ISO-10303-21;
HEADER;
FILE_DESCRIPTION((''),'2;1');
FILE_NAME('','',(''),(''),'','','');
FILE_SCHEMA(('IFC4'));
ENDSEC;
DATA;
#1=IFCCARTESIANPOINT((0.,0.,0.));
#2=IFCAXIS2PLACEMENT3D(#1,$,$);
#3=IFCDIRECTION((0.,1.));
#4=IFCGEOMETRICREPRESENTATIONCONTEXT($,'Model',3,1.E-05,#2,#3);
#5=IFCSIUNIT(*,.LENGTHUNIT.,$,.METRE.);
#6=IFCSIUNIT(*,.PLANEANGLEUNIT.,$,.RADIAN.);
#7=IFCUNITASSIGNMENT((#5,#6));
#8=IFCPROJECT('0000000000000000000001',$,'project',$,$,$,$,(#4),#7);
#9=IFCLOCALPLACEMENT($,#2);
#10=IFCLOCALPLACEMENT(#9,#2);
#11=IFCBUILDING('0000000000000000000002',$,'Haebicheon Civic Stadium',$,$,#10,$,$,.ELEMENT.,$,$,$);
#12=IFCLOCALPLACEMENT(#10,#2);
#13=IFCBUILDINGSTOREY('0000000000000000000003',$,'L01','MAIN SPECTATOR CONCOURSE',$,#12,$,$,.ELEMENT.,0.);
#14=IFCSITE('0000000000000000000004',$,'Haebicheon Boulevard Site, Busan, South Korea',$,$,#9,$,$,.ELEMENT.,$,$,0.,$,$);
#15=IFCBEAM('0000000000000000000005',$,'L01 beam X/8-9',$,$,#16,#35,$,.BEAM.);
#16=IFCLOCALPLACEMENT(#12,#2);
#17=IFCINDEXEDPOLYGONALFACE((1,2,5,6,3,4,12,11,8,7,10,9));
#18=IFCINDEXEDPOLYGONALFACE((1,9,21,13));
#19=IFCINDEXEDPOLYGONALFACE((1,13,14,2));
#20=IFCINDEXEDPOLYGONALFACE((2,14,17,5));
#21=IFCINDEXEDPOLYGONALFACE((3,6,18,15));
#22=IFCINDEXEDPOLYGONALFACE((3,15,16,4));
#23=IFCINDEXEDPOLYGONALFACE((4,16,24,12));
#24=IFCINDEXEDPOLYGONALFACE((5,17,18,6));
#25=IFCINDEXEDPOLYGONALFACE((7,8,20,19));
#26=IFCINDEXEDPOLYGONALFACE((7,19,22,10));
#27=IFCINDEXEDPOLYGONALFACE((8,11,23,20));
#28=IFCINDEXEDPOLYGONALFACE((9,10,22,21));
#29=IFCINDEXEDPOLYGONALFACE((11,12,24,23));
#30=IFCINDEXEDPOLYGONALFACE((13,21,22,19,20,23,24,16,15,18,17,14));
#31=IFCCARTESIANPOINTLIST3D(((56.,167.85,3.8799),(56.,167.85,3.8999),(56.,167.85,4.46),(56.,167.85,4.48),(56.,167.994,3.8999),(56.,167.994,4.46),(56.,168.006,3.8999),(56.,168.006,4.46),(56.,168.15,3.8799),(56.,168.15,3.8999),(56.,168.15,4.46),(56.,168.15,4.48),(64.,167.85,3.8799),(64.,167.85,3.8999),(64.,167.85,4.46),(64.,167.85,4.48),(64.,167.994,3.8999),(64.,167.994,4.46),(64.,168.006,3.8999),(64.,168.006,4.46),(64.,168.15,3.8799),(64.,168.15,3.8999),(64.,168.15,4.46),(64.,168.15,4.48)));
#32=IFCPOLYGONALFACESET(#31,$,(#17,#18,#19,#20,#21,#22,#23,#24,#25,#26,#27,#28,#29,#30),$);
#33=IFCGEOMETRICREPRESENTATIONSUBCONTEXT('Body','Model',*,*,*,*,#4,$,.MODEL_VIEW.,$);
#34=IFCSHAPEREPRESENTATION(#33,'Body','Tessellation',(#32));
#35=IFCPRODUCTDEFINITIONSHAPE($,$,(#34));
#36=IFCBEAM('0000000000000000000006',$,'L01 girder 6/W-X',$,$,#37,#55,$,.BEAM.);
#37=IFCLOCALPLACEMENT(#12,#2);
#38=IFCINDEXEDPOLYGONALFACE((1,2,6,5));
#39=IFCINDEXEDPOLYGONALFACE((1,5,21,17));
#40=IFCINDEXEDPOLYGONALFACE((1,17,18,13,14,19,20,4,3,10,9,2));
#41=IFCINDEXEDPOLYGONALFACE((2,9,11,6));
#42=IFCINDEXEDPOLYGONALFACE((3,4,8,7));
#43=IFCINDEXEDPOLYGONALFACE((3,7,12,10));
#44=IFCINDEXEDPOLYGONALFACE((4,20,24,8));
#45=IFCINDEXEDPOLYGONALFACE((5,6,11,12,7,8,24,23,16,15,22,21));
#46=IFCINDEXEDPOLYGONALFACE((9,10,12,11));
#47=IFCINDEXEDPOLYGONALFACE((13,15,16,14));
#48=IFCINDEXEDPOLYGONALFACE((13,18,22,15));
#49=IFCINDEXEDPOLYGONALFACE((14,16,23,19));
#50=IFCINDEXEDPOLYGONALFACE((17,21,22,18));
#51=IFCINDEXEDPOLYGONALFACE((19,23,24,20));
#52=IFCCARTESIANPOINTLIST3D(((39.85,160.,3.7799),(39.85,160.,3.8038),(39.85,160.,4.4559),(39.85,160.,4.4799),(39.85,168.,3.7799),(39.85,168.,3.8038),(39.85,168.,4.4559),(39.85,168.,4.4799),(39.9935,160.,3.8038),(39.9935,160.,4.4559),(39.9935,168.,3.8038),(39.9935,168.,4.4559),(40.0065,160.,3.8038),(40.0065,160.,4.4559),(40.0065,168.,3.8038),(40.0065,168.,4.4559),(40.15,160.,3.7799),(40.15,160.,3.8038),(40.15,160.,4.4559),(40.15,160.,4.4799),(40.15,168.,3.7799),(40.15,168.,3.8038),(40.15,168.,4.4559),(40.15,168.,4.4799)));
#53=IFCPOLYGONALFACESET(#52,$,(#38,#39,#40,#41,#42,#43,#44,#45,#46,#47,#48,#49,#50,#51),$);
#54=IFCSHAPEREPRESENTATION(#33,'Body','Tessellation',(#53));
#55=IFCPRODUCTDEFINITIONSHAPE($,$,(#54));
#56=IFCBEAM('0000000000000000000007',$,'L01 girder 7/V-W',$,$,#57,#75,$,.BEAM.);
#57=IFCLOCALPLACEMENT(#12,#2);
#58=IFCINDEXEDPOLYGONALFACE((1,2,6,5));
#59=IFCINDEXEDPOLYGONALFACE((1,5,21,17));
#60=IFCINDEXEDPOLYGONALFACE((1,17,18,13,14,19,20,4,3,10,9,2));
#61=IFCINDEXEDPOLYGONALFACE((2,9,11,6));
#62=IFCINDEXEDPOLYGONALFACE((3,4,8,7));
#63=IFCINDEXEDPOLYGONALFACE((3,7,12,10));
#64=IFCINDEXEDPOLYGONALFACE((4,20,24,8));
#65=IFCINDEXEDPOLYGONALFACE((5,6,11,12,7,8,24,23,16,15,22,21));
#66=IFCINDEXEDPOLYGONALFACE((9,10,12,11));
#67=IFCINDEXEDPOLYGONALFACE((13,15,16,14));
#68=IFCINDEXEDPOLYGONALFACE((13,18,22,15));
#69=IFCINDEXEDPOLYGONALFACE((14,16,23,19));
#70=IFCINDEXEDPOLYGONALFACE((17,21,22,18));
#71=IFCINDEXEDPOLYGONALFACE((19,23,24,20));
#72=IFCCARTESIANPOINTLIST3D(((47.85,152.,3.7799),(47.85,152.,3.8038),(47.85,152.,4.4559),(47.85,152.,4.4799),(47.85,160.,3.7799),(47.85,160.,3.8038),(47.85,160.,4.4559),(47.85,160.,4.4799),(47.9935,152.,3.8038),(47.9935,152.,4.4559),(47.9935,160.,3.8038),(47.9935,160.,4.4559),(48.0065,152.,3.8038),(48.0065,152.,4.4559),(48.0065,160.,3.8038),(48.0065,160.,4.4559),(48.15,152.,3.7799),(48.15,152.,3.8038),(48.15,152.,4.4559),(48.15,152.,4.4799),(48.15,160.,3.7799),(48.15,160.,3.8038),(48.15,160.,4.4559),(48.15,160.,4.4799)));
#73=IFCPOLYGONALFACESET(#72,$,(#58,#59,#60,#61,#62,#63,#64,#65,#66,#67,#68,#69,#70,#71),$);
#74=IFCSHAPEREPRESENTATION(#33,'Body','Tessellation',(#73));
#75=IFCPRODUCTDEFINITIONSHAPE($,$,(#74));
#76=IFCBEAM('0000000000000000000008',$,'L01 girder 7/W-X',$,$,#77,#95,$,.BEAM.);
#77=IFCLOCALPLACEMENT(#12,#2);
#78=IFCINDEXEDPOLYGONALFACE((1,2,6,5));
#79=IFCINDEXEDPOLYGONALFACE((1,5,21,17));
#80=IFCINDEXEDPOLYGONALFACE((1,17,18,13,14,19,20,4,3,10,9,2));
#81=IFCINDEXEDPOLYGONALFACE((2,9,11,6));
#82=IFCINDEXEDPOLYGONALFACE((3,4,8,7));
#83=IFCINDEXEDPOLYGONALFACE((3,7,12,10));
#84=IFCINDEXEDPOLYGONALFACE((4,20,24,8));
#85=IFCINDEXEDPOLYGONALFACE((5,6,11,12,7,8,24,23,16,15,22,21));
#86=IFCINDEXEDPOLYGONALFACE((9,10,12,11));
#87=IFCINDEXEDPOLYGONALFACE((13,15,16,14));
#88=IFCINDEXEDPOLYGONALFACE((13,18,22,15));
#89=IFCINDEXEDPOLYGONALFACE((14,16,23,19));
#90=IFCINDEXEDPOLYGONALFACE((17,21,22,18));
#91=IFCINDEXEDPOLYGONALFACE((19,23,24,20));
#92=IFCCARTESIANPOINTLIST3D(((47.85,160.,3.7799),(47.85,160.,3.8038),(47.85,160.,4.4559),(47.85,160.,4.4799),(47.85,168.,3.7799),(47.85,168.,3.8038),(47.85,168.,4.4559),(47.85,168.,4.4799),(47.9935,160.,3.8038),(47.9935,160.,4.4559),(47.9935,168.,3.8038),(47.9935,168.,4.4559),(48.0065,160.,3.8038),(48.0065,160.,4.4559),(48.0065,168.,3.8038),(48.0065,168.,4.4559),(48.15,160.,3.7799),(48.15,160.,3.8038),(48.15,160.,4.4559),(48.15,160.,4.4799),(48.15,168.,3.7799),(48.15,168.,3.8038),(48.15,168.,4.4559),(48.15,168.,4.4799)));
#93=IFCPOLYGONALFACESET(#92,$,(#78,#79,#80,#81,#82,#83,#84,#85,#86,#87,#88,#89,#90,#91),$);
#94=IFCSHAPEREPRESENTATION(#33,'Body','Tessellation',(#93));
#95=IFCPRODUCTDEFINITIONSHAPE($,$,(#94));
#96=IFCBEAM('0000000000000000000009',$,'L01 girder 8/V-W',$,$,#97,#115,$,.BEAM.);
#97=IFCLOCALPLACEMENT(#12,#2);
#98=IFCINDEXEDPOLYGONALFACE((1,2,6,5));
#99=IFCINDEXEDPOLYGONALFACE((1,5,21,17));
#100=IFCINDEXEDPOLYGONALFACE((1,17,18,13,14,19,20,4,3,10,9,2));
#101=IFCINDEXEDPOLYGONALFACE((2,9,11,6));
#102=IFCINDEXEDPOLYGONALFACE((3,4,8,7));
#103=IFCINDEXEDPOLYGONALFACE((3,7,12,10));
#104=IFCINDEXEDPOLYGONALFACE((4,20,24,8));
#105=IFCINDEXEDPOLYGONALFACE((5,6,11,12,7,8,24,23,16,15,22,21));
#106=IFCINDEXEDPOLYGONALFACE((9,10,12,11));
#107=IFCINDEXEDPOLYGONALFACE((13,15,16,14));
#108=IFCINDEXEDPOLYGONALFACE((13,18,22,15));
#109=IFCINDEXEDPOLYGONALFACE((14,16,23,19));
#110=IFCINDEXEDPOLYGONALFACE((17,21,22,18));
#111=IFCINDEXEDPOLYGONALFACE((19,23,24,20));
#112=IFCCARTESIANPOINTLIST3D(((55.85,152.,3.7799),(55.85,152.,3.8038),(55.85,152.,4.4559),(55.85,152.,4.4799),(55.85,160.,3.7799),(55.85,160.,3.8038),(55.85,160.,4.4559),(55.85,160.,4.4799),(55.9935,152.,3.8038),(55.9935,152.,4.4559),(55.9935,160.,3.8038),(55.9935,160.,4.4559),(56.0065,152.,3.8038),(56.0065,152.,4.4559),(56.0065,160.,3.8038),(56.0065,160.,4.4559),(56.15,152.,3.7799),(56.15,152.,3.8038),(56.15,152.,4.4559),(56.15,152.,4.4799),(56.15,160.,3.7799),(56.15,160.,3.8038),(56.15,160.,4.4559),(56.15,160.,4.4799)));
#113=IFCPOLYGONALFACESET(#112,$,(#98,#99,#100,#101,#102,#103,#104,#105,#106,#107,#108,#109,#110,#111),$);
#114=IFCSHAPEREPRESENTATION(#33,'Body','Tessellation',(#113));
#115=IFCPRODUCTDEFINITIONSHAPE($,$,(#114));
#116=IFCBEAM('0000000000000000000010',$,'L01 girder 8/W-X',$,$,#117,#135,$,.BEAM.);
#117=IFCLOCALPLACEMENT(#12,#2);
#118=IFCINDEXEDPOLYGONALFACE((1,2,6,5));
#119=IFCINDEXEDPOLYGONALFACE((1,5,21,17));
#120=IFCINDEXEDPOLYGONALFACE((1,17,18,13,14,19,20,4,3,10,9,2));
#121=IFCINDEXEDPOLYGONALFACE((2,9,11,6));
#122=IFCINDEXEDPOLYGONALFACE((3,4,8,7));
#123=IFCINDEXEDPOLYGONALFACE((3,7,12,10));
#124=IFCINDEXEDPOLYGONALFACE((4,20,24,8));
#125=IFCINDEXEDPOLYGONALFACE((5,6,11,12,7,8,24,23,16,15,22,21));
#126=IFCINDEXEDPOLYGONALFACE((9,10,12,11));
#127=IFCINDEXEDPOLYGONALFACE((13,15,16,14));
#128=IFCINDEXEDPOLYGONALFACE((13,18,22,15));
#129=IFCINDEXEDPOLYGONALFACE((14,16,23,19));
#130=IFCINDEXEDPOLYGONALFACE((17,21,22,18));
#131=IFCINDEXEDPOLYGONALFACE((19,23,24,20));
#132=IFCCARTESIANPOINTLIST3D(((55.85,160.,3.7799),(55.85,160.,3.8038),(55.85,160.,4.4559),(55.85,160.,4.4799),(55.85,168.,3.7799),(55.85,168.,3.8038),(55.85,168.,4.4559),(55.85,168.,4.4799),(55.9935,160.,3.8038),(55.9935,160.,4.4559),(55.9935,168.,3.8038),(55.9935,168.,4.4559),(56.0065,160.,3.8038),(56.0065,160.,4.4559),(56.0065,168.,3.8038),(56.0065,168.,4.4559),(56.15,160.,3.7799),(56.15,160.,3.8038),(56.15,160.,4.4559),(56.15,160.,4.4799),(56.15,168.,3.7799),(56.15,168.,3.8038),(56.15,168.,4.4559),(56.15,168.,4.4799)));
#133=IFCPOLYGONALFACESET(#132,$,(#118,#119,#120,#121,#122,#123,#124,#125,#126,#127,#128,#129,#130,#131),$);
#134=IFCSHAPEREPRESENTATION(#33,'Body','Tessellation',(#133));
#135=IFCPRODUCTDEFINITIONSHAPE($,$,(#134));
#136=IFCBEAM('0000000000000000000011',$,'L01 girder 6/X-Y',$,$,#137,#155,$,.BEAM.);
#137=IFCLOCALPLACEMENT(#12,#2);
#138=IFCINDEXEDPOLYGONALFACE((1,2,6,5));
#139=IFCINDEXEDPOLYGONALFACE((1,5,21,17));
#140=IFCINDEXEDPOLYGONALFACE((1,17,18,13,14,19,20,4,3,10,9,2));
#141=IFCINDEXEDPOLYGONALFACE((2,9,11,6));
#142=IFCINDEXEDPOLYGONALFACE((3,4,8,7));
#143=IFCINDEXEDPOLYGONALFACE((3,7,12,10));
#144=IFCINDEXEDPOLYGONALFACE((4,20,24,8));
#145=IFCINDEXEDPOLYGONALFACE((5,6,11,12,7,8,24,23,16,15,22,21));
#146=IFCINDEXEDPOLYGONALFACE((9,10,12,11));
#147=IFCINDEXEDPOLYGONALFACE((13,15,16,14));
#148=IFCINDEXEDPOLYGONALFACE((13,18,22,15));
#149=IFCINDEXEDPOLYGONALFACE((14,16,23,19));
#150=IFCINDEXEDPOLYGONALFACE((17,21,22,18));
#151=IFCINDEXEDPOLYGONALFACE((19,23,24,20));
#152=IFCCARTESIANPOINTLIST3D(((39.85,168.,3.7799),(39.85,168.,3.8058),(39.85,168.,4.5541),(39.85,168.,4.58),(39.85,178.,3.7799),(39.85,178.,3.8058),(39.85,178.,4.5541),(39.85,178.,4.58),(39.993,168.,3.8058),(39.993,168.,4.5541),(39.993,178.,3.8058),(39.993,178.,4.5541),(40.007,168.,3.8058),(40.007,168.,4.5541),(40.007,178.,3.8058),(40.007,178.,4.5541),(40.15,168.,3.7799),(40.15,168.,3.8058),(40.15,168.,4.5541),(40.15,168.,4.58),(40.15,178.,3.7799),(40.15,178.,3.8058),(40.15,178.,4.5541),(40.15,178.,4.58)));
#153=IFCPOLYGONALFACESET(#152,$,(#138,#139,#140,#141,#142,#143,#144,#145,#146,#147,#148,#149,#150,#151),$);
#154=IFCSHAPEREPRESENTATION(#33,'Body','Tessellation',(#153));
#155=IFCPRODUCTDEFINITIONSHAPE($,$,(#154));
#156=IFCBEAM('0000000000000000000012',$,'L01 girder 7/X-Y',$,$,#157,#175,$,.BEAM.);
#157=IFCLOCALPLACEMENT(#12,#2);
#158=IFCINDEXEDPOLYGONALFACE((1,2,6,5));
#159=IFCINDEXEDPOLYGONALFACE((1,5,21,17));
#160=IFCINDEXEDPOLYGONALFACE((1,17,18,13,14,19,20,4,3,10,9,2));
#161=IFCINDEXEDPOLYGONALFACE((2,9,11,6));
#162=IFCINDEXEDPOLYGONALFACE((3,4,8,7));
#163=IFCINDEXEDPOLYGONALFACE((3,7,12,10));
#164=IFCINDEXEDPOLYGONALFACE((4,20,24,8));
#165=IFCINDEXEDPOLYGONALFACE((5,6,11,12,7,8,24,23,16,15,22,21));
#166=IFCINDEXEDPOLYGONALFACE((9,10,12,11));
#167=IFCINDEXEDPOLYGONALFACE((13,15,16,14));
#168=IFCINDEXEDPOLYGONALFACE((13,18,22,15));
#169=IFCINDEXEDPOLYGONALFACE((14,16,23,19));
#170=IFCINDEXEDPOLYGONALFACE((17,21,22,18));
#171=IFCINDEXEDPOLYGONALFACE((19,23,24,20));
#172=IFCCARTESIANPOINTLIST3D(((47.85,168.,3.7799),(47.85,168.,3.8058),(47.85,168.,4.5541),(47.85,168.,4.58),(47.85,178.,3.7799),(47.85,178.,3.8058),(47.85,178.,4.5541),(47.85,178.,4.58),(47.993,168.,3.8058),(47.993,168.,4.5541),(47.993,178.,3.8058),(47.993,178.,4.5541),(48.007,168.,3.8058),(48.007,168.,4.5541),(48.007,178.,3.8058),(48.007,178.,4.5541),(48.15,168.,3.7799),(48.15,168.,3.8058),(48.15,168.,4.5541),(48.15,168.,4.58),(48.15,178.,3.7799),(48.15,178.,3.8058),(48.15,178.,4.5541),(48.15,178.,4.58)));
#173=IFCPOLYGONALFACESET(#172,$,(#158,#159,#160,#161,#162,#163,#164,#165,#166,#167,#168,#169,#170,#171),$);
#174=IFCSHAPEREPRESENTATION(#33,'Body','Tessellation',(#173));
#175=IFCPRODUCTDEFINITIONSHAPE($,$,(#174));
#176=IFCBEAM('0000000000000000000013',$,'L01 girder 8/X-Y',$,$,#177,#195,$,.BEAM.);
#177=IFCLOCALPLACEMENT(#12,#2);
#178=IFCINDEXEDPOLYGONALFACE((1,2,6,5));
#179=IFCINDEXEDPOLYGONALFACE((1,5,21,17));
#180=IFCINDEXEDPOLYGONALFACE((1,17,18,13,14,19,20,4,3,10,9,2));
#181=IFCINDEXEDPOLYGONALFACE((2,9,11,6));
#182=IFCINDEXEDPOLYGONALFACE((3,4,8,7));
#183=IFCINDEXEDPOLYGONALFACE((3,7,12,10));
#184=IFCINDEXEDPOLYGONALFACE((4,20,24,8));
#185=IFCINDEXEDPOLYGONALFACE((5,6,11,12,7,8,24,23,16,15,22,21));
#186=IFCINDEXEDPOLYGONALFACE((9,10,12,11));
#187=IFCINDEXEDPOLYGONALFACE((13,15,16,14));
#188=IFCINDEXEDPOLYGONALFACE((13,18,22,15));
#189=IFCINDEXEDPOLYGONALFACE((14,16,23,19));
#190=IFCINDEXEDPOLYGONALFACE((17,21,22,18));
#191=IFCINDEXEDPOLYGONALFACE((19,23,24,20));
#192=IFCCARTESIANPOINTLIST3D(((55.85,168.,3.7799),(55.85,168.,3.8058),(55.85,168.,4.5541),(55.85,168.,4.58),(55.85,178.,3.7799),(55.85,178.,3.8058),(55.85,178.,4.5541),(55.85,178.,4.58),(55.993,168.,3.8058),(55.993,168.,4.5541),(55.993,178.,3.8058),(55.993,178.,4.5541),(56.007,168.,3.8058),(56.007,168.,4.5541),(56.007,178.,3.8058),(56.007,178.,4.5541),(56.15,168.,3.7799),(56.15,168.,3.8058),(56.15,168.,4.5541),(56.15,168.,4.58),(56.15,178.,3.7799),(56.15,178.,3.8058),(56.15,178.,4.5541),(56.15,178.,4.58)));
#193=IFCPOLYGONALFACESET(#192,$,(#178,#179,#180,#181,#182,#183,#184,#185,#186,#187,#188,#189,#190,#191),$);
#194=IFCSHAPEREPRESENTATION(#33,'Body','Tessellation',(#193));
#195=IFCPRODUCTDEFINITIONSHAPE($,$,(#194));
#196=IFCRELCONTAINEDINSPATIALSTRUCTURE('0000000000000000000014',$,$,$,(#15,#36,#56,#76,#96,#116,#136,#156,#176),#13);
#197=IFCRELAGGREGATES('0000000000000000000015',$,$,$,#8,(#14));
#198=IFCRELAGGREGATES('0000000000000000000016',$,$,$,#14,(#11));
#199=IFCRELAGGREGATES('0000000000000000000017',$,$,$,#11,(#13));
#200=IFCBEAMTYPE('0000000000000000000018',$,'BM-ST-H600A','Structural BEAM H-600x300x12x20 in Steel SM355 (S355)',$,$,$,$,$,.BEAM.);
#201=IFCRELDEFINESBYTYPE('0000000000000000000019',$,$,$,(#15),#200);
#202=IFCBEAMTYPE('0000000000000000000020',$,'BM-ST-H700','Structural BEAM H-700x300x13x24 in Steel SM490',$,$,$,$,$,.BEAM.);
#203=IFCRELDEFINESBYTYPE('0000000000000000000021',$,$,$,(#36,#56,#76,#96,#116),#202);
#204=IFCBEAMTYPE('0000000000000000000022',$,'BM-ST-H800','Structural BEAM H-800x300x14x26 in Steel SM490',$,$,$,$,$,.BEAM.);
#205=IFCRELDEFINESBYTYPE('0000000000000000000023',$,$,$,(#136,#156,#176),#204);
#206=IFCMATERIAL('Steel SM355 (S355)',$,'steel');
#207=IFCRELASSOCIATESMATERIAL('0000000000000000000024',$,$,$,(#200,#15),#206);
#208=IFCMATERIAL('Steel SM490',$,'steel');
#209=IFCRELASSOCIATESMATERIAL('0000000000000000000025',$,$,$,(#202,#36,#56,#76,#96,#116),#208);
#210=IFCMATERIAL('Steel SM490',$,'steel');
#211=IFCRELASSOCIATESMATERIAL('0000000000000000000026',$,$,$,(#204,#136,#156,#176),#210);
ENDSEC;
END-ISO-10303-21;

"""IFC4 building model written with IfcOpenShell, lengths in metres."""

from ifc_helpers import new_model, si_unit, direction, frame, origin, origin_2d, place, context, subcontext, project, spatial, i_section, extrude, material, material_profile, profile_set, type_object, element, save


model = new_model("IFC4")

# Units and contexts
model_context = context("Model", 3, precision=1e-05, world=origin(), true_north=direction((0.0, 1.0)))
body_context = subcontext(model_context, "Body", "Model", "MODEL_VIEW")
ifc_project = project(units=[si_unit("LENGTHUNIT", "METRE"), si_unit("PLANEANGLEUNIT", "RADIAN")], contexts=[model_context])

# Site, building, storey
site_placement = place(None, origin())
site = spatial("IfcSite", under=ifc_project, at=site_placement, Name="Haebicheon Boulevard Site, Busan, South Korea", CompositionType="ELEMENT", RefElevation=0.0)
building_placement = place(site_placement, origin())
building = spatial("IfcBuilding", under=site, at=building_placement, Name="Haebicheon Civic Stadium", CompositionType="ELEMENT")
storey_placement = place(building_placement, origin())
storey = spatial("IfcBuildingStorey", under=building, at=storey_placement, Name="L01", Description="MAIN SPECTATOR CONCOURSE", CompositionType="ELEMENT", Elevation=0.0)

# Beams
ifc_material_1 = material(Name="Steel SM355 (S355)", Category="steel")
ifc_material_profile_1 = material_profile(ifc_material_1, i_section(OverallWidth=0.3, OverallDepth=0.6001, WebThickness=0.012, FlangeThickness=0.02, at=origin_2d()), Name="H-600x300x12x20")
ifc_profile_set_1 = profile_set([ifc_material_profile_1], Name="Steel SM355 (S355)")
beam_type_1 = type_object("IfcBeamType", Name="BM-ST-H600A", Description="Structural BEAM H-600x300x12x20 in Steel SM355 (S355)", PredefinedType="BEAM", material=ifc_profile_set_1)
for number, where, z_axis, x_axis, name in (
    (1, (56.0, 168.0, 4.1799), (1.0, 0.0, 0.0), (0.0, 1.0, 0.0), "L01 beam X/8-9"),
):
    element("IfcBeam", number, at=place(storey_placement, frame(where, z_axis=z_axis, x_axis=x_axis)), inside=storey, type_object=beam_type_1, material=ifc_profile_set_1, Name=name, PredefinedType="BEAM", context=body_context, shape_type="SweptSolid", body=[
        extrude(i_section(OverallWidth=0.3, OverallDepth=0.6001, WebThickness=0.012, FlangeThickness=0.02, at=origin_2d()), origin(), (0.0, 0.0, 1.0), 8.0),
    ])
ifc_material_2 = material(Name="Steel SM490", Category="steel")
ifc_material_profile_2 = material_profile(ifc_material_2, i_section(OverallWidth=0.3, OverallDepth=0.7, WebThickness=0.0129, FlangeThickness=0.0239, at=origin_2d()), Name="H-700x300x13x24")
ifc_profile_set_2 = profile_set([ifc_material_profile_2], Name="Steel SM490")
beam_type_2 = type_object("IfcBeamType", Name="BM-ST-H700", Description="Structural BEAM H-700x300x13x24 in Steel SM490", PredefinedType="BEAM", material=ifc_profile_set_2)
for number, where, z_axis, x_axis, name in (
    (2, (40.0, 160.0, 4.1299), (0.0, 1.0, 0.0), (-1.0, 0.0, 0.0), "L01 girder 6/W-X"),
    (3, (48.0, 152.0, 4.1299), (0.0, 1.0, 0.0), (-1.0, 0.0, 0.0), "L01 girder 7/V-W"),
    (4, (48.0, 160.0, 4.1299), (0.0, 1.0, 0.0), (-1.0, 0.0, 0.0), "L01 girder 7/W-X"),
    (5, (56.0, 152.0, 4.1299), (0.0, 1.0, 0.0), (-1.0, 0.0, 0.0), "L01 girder 8/V-W"),
    (6, (56.0, 160.0, 4.1299), (0.0, 1.0, 0.0), (-1.0, 0.0, 0.0), "L01 girder 8/W-X"),
):
    element("IfcBeam", number, at=place(storey_placement, frame(where, z_axis=z_axis, x_axis=x_axis)), inside=storey, type_object=beam_type_2, material=ifc_profile_set_2, Name=name, PredefinedType="BEAM", context=body_context, shape_type="SweptSolid", body=[
        extrude(i_section(OverallWidth=0.3, OverallDepth=0.7, WebThickness=0.0129, FlangeThickness=0.0239, at=origin_2d()), origin(), (0.0, 0.0, 1.0), 8.0),
    ])
ifc_material_3 = material(Name="Steel SM490", Category="steel")
ifc_material_profile_3 = material_profile(ifc_material_3, i_section(OverallWidth=0.3, OverallDepth=0.8, WebThickness=0.0139, FlangeThickness=0.0259, at=origin_2d()), Name="H-800x300x14x26")
ifc_profile_set_3 = profile_set([ifc_material_profile_3], Name="Steel SM490")
beam_type_3 = type_object("IfcBeamType", Name="BM-ST-H800", Description="Structural BEAM H-800x300x14x26 in Steel SM490", PredefinedType="BEAM", material=ifc_profile_set_3)
for number, where, z_axis, x_axis, name in (
    (7, (40.0, 168.0, 4.1799), (0.0, 1.0, 0.0), (-1.0, 0.0, 0.0), "L01 girder 6/X-Y"),
    (8, (48.0, 168.0, 4.1799), (0.0, 1.0, 0.0), (-1.0, 0.0, 0.0), "L01 girder 7/X-Y"),
    (9, (56.0, 168.0, 4.1799), (0.0, 1.0, 0.0), (-1.0, 0.0, 0.0), "L01 girder 8/X-Y"),
):
    element("IfcBeam", number, at=place(storey_placement, frame(where, z_axis=z_axis, x_axis=x_axis)), inside=storey, type_object=beam_type_3, material=ifc_profile_set_3, Name=name, PredefinedType="BEAM", context=body_context, shape_type="SweptSolid", body=[
        extrude(i_section(OverallWidth=0.3, OverallDepth=0.8, WebThickness=0.0139, FlangeThickness=0.0259, at=origin_2d()), origin(), (0.0, 0.0, 1.0), 10.0),
    ])

save(model, "model.ifc")
